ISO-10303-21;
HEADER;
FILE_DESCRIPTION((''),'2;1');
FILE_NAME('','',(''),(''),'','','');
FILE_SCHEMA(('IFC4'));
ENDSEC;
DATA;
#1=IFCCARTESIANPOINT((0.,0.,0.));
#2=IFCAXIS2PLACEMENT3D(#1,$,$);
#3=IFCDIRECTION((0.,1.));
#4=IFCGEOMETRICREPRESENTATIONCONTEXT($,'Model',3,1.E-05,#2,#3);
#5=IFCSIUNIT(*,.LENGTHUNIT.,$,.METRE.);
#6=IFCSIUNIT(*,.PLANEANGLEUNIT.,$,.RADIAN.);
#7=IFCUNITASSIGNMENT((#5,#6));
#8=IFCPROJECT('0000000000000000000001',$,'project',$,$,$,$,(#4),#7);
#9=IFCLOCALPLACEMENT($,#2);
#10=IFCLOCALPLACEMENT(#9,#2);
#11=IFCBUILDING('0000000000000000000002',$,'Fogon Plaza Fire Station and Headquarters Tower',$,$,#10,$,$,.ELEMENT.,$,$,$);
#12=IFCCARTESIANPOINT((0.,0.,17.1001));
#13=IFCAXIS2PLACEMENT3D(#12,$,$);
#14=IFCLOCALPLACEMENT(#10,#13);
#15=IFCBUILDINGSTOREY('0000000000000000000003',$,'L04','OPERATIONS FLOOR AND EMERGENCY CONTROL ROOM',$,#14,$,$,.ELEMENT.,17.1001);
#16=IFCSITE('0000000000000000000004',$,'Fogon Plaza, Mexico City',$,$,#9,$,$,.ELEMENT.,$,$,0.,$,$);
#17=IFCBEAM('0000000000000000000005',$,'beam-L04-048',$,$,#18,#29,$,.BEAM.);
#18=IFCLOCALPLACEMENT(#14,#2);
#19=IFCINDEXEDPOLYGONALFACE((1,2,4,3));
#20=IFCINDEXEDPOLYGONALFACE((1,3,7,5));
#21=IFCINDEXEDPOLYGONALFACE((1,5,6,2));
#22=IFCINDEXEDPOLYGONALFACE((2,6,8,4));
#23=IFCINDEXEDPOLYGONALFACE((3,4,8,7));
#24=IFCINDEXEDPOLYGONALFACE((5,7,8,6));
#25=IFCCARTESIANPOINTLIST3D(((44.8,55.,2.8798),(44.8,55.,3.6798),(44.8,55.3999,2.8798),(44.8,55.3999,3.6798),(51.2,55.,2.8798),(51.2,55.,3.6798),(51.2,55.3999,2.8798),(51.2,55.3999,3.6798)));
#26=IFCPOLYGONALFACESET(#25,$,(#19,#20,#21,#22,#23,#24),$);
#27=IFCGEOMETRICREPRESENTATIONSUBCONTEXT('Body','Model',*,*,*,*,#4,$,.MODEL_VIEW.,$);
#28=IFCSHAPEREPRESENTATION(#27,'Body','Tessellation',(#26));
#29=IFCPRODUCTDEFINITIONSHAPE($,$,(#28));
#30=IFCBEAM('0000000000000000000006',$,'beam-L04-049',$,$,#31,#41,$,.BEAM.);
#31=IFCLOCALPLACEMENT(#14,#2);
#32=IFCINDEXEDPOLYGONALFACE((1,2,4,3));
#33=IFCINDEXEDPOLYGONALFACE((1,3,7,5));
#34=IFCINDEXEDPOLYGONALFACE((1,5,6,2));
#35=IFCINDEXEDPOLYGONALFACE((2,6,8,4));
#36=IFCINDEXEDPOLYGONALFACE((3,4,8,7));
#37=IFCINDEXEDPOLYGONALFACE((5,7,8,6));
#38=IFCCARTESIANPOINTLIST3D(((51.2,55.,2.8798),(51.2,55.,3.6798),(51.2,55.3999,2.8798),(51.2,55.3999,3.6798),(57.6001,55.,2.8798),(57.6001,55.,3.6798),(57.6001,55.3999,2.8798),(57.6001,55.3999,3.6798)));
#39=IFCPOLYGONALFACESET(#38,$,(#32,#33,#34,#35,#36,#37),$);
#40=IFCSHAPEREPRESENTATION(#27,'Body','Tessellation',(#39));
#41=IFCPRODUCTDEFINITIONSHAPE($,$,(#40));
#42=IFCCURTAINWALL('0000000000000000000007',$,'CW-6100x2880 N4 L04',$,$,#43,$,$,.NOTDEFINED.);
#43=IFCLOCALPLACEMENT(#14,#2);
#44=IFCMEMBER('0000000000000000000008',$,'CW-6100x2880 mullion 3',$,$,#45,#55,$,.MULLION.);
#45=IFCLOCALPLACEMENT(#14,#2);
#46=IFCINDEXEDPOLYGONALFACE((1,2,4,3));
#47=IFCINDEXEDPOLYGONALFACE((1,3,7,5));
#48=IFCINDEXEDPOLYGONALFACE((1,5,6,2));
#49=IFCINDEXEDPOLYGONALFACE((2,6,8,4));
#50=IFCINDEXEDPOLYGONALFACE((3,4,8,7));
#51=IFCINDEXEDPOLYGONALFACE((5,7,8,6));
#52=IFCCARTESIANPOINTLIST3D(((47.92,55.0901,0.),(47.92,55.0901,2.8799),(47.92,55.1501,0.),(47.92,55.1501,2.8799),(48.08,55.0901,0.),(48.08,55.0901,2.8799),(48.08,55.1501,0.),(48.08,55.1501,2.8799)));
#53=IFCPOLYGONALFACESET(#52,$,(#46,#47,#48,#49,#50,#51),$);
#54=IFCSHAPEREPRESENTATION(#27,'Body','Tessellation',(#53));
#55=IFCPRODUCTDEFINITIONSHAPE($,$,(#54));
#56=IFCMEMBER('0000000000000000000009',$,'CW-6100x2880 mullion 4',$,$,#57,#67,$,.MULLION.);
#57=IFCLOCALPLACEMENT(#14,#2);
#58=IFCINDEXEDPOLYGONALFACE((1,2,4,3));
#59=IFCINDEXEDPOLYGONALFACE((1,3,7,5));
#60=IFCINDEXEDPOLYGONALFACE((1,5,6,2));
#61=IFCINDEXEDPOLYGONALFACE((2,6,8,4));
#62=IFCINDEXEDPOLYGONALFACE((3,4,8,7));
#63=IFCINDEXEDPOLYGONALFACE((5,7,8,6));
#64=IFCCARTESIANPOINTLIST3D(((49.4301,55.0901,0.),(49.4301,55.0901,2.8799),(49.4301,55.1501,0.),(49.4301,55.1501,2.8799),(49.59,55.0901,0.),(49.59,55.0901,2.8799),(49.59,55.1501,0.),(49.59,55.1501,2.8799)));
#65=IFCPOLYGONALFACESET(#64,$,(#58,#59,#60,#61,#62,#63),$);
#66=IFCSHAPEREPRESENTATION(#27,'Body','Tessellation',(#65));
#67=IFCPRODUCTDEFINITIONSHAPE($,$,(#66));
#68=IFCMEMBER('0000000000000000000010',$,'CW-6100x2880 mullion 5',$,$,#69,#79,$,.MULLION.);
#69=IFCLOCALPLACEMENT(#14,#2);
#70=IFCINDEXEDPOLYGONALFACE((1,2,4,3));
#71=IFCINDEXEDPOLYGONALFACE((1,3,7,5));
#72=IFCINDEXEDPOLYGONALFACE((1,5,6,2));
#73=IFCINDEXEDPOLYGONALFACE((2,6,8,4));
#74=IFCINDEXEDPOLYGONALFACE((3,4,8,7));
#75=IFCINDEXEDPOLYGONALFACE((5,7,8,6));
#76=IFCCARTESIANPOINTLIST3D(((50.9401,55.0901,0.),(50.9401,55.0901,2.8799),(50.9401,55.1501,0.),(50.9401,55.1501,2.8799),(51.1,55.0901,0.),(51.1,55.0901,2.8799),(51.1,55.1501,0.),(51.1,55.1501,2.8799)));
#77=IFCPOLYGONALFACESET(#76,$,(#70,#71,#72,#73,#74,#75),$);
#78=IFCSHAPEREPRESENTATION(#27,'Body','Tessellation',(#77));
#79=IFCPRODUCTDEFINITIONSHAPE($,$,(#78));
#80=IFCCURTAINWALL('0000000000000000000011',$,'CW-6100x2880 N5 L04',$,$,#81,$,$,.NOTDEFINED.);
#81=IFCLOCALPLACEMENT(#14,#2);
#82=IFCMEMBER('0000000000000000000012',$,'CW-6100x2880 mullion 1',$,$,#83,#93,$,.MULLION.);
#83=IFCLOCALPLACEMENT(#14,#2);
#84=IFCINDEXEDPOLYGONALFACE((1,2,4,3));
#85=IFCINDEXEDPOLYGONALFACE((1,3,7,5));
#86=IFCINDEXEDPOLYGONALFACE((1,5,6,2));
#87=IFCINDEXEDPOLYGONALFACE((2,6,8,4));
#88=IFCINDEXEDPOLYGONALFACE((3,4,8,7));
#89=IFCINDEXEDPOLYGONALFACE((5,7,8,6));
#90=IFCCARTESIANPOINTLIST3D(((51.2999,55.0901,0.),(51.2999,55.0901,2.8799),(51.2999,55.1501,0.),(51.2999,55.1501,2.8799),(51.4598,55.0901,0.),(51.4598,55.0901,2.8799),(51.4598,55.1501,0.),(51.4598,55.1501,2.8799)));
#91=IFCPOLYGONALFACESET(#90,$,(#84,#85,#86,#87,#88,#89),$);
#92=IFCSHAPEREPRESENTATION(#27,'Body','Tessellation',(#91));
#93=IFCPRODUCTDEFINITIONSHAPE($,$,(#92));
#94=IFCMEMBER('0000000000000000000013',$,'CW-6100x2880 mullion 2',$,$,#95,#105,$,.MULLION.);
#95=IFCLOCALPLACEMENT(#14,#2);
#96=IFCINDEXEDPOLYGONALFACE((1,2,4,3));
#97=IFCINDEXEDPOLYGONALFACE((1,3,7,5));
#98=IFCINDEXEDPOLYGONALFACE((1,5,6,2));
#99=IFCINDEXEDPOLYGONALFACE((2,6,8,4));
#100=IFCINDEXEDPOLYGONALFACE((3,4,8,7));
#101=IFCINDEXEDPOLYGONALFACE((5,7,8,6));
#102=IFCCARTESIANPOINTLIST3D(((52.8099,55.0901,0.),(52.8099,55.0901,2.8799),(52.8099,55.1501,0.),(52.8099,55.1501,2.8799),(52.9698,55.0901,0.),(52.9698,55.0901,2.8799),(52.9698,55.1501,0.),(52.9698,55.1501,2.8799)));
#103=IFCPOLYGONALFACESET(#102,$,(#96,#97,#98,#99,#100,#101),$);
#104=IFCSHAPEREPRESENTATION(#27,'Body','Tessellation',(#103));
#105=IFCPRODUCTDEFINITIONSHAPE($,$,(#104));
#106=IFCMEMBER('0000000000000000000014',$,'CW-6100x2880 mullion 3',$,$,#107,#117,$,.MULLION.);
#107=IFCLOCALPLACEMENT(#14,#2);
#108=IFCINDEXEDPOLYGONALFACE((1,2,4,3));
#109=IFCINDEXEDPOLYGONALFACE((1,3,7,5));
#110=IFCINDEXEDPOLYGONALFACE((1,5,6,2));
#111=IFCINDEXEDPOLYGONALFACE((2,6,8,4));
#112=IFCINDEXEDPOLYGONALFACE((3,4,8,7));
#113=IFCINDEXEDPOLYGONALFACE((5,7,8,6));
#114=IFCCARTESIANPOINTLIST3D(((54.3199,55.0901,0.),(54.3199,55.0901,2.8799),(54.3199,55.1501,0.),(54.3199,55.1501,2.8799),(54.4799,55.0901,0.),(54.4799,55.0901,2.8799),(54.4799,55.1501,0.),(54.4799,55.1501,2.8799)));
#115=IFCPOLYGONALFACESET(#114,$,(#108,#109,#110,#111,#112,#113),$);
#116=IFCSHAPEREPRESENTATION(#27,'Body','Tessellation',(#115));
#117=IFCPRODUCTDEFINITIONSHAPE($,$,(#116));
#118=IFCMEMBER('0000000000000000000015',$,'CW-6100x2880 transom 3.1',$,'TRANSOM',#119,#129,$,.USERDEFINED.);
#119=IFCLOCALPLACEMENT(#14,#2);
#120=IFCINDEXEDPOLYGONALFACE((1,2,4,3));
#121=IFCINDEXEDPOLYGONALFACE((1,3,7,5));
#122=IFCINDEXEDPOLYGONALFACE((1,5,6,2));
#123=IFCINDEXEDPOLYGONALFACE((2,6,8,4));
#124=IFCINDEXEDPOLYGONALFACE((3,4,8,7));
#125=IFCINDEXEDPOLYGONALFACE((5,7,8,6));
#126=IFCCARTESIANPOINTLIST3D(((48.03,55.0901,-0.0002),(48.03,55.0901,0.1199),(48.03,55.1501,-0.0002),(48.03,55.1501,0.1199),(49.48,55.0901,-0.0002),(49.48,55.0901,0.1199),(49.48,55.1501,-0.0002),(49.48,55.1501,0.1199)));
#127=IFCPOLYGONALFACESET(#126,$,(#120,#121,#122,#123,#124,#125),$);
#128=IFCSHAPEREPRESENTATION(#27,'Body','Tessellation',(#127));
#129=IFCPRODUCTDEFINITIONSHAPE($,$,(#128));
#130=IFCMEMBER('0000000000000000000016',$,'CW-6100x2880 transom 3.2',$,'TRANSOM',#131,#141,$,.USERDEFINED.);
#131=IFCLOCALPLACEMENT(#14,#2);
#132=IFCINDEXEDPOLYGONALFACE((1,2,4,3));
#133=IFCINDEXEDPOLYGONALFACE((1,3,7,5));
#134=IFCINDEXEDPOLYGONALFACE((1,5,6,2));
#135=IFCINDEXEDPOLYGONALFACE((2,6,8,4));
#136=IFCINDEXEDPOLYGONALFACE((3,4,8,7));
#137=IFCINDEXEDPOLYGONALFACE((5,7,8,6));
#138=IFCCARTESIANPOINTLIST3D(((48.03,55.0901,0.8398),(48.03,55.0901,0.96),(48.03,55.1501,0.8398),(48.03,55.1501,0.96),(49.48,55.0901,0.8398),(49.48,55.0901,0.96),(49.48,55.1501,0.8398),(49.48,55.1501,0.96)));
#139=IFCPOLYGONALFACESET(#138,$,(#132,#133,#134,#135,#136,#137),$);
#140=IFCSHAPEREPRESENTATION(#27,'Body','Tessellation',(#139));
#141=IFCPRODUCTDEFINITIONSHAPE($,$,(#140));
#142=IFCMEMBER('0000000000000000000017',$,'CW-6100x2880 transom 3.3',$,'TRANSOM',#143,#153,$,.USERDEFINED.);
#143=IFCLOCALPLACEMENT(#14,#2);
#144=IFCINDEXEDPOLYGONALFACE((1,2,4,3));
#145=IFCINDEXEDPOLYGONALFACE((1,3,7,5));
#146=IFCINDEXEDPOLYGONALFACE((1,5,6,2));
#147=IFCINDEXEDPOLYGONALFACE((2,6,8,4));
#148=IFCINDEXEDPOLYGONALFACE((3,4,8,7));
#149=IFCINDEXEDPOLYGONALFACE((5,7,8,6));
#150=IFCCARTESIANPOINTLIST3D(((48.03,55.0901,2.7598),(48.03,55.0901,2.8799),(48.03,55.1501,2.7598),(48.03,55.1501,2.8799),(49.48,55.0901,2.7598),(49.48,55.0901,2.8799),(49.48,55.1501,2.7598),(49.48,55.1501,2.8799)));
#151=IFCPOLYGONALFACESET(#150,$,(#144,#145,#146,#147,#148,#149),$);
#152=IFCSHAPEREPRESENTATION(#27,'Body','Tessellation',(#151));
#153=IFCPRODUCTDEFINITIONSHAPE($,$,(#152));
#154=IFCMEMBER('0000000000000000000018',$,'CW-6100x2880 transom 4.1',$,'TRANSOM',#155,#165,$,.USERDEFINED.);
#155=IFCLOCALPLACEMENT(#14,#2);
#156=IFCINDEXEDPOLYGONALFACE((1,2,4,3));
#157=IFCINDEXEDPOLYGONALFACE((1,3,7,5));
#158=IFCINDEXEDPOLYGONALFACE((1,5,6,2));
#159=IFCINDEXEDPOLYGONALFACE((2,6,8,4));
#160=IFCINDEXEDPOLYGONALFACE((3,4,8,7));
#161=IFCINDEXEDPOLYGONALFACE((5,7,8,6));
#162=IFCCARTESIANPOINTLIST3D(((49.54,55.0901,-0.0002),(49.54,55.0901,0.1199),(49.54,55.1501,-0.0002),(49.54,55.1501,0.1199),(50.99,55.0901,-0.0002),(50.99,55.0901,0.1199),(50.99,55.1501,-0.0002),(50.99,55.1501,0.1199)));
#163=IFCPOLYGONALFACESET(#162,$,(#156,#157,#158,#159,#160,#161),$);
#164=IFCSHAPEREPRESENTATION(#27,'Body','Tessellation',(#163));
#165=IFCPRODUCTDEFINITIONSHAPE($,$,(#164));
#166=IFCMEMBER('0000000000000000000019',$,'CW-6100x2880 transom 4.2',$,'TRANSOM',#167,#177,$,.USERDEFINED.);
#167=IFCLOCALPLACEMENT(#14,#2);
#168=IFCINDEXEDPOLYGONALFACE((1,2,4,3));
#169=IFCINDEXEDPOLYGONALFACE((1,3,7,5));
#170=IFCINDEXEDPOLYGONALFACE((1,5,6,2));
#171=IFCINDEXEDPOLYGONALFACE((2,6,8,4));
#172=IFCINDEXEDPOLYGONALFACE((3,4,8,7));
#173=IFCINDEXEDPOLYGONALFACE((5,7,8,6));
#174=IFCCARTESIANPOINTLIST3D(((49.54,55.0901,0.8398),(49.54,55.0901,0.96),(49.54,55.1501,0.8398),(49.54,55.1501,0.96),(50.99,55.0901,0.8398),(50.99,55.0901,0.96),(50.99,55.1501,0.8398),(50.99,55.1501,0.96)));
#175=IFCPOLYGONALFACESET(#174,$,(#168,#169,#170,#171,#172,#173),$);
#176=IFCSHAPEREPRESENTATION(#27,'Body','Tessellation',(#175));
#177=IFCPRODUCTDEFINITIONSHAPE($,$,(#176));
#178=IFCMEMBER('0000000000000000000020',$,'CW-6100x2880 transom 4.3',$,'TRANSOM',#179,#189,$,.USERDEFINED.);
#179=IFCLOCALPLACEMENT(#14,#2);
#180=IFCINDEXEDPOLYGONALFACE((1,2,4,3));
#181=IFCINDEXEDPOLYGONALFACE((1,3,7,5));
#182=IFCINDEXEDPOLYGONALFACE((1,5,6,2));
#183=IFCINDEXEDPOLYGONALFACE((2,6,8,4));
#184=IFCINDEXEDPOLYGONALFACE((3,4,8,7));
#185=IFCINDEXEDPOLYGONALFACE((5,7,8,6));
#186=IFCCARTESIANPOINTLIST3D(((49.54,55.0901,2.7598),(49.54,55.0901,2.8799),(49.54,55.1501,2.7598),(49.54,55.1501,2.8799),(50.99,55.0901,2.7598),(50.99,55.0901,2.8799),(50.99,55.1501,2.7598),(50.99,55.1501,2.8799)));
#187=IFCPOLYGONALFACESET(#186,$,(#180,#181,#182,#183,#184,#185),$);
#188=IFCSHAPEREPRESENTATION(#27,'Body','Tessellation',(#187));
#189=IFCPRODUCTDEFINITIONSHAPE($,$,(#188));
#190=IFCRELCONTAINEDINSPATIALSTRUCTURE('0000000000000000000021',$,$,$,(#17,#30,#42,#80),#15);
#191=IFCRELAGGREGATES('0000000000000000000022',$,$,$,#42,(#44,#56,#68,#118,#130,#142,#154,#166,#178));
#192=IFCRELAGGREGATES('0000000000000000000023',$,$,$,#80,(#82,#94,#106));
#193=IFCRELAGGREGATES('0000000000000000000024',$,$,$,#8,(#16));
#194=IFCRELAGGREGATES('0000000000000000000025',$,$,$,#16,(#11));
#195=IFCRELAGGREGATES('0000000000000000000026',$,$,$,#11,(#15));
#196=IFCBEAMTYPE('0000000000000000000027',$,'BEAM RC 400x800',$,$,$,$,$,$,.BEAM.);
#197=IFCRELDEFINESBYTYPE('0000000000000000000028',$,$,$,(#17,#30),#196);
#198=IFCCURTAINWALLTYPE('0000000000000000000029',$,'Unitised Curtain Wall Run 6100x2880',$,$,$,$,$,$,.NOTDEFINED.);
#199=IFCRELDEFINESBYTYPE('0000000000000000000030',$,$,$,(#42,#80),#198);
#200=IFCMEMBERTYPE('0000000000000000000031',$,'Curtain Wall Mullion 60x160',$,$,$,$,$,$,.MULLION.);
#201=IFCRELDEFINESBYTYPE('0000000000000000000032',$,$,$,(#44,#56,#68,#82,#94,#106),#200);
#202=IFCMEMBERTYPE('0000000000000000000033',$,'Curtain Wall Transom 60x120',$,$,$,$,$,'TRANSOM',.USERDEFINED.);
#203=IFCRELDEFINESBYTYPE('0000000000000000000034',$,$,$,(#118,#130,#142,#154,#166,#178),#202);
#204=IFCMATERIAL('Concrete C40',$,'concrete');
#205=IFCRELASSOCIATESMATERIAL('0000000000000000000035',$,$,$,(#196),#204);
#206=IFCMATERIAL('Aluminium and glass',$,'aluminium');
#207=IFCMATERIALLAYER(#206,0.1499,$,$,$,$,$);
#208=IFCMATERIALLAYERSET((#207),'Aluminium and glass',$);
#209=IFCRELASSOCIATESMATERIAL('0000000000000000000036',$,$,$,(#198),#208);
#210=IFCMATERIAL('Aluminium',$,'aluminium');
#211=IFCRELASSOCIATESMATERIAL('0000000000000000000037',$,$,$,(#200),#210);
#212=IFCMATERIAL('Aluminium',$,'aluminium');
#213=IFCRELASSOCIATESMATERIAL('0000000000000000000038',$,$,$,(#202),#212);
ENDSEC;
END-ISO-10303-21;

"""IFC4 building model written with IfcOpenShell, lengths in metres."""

from ifc_helpers import new_model, si_unit, direction, frame, origin, origin_2d, place, context, subcontext, project, spatial, rectangle, extrude, material, layer, layer_set, material_profile, profile_set, type_object, element, aggregate, save


model = new_model("IFC4")

# Units and contexts
model_context = context("Model", 3, precision=1e-05, world=origin(), true_north=direction((0.0, 1.0)))
body_context = subcontext(model_context, "Body", "Model", "MODEL_VIEW")
ifc_project = project(units=[si_unit("LENGTHUNIT", "METRE"), si_unit("PLANEANGLEUNIT", "RADIAN")], contexts=[model_context])

# Site, building, storey
site_placement = place(None, origin())
site = spatial("IfcSite", under=ifc_project, at=site_placement, Name="Fogon Plaza, Mexico City", CompositionType="ELEMENT", RefElevation=0.0)
building_placement = place(site_placement, origin())
building = spatial("IfcBuilding", under=site, at=building_placement, Name="Fogon Plaza Fire Station and Headquarters Tower", CompositionType="ELEMENT")
storey_placement = place(building_placement, frame((0.0, 0.0, 17.1001)))
storey = spatial("IfcBuildingStorey", under=building, at=storey_placement, Name="L04", Description="OPERATIONS FLOOR AND EMERGENCY CONTROL ROOM", CompositionType="ELEMENT", Elevation=17.1001)

# Beams
ifc_material_1 = material(Name="Concrete C40", Category="concrete")
ifc_material_profile_1 = material_profile(ifc_material_1, rectangle(XDim=0.3999, YDim=0.8, at=origin_2d()), Name="RC 400x800")
ifc_profile_set_1 = profile_set([ifc_material_profile_1], Name="Concrete C40")
beam_type = type_object("IfcBeamType", Name="BEAM RC 400x800", PredefinedType="BEAM", material=ifc_profile_set_1)
beam_1_placement = place(storey_placement, frame((44.8, 55.2, 3.2798), z_axis=(1.0, 0.0, 0.0), x_axis=(0.0, 1.0, 0.0)))
element("IfcBeam", 1, at=beam_1_placement, inside=storey, type_object=beam_type, Name="beam-L04-048", PredefinedType="BEAM", context=body_context, shape_type="SweptSolid", body=[
    extrude(rectangle(XDim=0.3999, YDim=0.8, at=origin_2d()), origin(), (0.0, 0.0, 1.0), 6.3999),
])
beam_2_placement = place(storey_placement, frame((51.2, 55.2, 3.2798), z_axis=(1.0, 0.0, 0.0), x_axis=(0.0, 1.0, 0.0)))
element("IfcBeam", 2, at=beam_2_placement, inside=storey, type_object=beam_type, Name="beam-L04-049", PredefinedType="BEAM", context=body_context, shape_type="SweptSolid", body=[
    extrude(rectangle(XDim=0.3999, YDim=0.8, at=origin_2d()), origin(), (0.0, 0.0, 1.0), 6.4001),
])

# Curtain walls, members
ifc_material_2 = material(Name="Aluminium and glass", Category="aluminium")
ifc_layer_1 = layer(ifc_material_2, 0.1499)
ifc_layer_set_1 = layer_set([ifc_layer_1], Name="Aluminium and glass")
curtain_wall_type = type_object("IfcCurtainWallType", Name="Unitised Curtain Wall Run 6100x2880", PredefinedType="NOTDEFINED", material=ifc_layer_set_1)
curtain_wall_1_placement = place(storey_placement, origin())
curtain_wall_1 = element("IfcCurtainWall", 3, at=curtain_wall_1_placement, inside=storey, type_object=curtain_wall_type, Name="CW-6100x2880 N4 L04", PredefinedType="NOTDEFINED")
ifc_material_3 = material(Name="Aluminium", Category="aluminium")
ifc_material_profile_2 = material_profile(ifc_material_3, rectangle(XDim=0.0601, YDim=0.1599, at=origin_2d()), Name="Curtain Wall Mullion 60x160")
ifc_profile_set_2 = profile_set([ifc_material_profile_2], Name="Aluminium")
member_type_1 = type_object("IfcMemberType", Name="Curtain Wall Mullion 60x160", PredefinedType="MULLION", material=ifc_profile_set_2)
member_1_placement = place(storey_placement, frame((48.0, 55.1201, 0.0), z_axis=(0.0, 0.0, 1.0), x_axis=(0.0, 1.0, 0.0)))
member_1 = element("IfcMember", 4, at=member_1_placement, type_object=member_type_1, Name="CW-6100x2880 mullion 3", PredefinedType="MULLION", context=body_context, shape_type="SweptSolid", body=[
    extrude(rectangle(XDim=0.0601, YDim=0.1599, at=origin_2d()), origin(), (0.0, 0.0, 1.0), 2.8799),
])
member_2_placement = place(storey_placement, frame((49.51, 55.1201, 0.0), z_axis=(0.0, 0.0, 1.0), x_axis=(0.0, 1.0, 0.0)))
member_2 = element("IfcMember", 5, at=member_2_placement, type_object=member_type_1, Name="CW-6100x2880 mullion 4", PredefinedType="MULLION", context=body_context, shape_type="SweptSolid", body=[
    extrude(rectangle(XDim=0.0601, YDim=0.1599, at=origin_2d()), origin(), (0.0, 0.0, 1.0), 2.8799),
])
member_3_placement = place(storey_placement, frame((51.02, 55.1201, 0.0), z_axis=(0.0, 0.0, 1.0), x_axis=(0.0, 1.0, 0.0)))
member_3 = element("IfcMember", 6, at=member_3_placement, type_object=member_type_1, Name="CW-6100x2880 mullion 5", PredefinedType="MULLION", context=body_context, shape_type="SweptSolid", body=[
    extrude(rectangle(XDim=0.0601, YDim=0.1599, at=origin_2d()), origin(), (0.0, 0.0, 1.0), 2.8799),
])
curtain_wall_2_placement = place(storey_placement, origin())
curtain_wall_2 = element("IfcCurtainWall", 7, at=curtain_wall_2_placement, inside=storey, type_object=curtain_wall_type, Name="CW-6100x2880 N5 L04", PredefinedType="NOTDEFINED")
member_4_placement = place(storey_placement, frame((51.3799, 55.1201, 0.0), z_axis=(0.0, 0.0, 1.0), x_axis=(0.0, 1.0, 0.0)))
member_4 = element("IfcMember", 8, at=member_4_placement, type_object=member_type_1, Name="CW-6100x2880 mullion 1", PredefinedType="MULLION", context=body_context, shape_type="SweptSolid", body=[
    extrude(rectangle(XDim=0.0601, YDim=0.1599, at=origin_2d()), origin(), (0.0, 0.0, 1.0), 2.8799),
])
member_5_placement = place(storey_placement, frame((52.8899, 55.1201, 0.0), z_axis=(0.0, 0.0, 1.0), x_axis=(0.0, 1.0, 0.0)))
member_5 = element("IfcMember", 9, at=member_5_placement, type_object=member_type_1, Name="CW-6100x2880 mullion 2", PredefinedType="MULLION", context=body_context, shape_type="SweptSolid", body=[
    extrude(rectangle(XDim=0.0601, YDim=0.1599, at=origin_2d()), origin(), (0.0, 0.0, 1.0), 2.8799),
])
member_6_placement = place(storey_placement, frame((54.3999, 55.1201, 0.0), z_axis=(0.0, 0.0, 1.0), x_axis=(0.0, 1.0, 0.0)))
member_6 = element("IfcMember", 10, at=member_6_placement, type_object=member_type_1, Name="CW-6100x2880 mullion 3", PredefinedType="MULLION", context=body_context, shape_type="SweptSolid", body=[
    extrude(rectangle(XDim=0.0601, YDim=0.1599, at=origin_2d()), origin(), (0.0, 0.0, 1.0), 2.8799),
])

# Members
ifc_material_4 = material(Name="Aluminium", Category="aluminium")
ifc_material_profile_3 = material_profile(ifc_material_4, rectangle(XDim=0.0601, YDim=0.1201, at=origin_2d()), Name="Curtain Wall Transom 60x120")
ifc_profile_set_3 = profile_set([ifc_material_profile_3], Name="Aluminium")
member_type_2 = type_object("IfcMemberType", Name="Curtain Wall Transom 60x120", ElementType="TRANSOM", PredefinedType="USERDEFINED", material=ifc_profile_set_3)
member_7_placement = place(storey_placement, frame((48.03, 55.1201, 0.0598), z_axis=(1.0, 0.0, 0.0), x_axis=(0.0, 1.0, 0.0)))
member_7 = element("IfcMember", 11, at=member_7_placement, type_object=member_type_2, Name="CW-6100x2880 transom 3.1", ObjectType="TRANSOM", PredefinedType="USERDEFINED", context=body_context, shape_type="SweptSolid", body=[
    extrude(rectangle(XDim=0.0601, YDim=0.1201, at=origin_2d()), origin(), (0.0, 0.0, 1.0), 1.45),
])
member_8_placement = place(storey_placement, frame((48.03, 55.1201, 0.8999), z_axis=(1.0, 0.0, 0.0), x_axis=(0.0, 1.0, 0.0)))
member_8 = element("IfcMember", 12, at=member_8_placement, type_object=member_type_2, Name="CW-6100x2880 transom 3.2", ObjectType="TRANSOM", PredefinedType="USERDEFINED", context=body_context, shape_type="SweptSolid", body=[
    extrude(rectangle(XDim=0.0601, YDim=0.1201, at=origin_2d()), origin(), (0.0, 0.0, 1.0), 1.45),
])
member_9_placement = place(storey_placement, frame((48.03, 55.1201, 2.8198), z_axis=(1.0, 0.0, 0.0), x_axis=(0.0, 1.0, 0.0)))
member_9 = element("IfcMember", 13, at=member_9_placement, type_object=member_type_2, Name="CW-6100x2880 transom 3.3", ObjectType="TRANSOM", PredefinedType="USERDEFINED", context=body_context, shape_type="SweptSolid", body=[
    extrude(rectangle(XDim=0.0601, YDim=0.1201, at=origin_2d()), origin(), (0.0, 0.0, 1.0), 1.45),
])
member_10_placement = place(storey_placement, frame((49.54, 55.1201, 0.0598), z_axis=(1.0, 0.0, 0.0), x_axis=(0.0, 1.0, 0.0)))
member_10 = element("IfcMember", 14, at=member_10_placement, type_object=member_type_2, Name="CW-6100x2880 transom 4.1", ObjectType="TRANSOM", PredefinedType="USERDEFINED", context=body_context, shape_type="SweptSolid", body=[
    extrude(rectangle(XDim=0.0601, YDim=0.1201, at=origin_2d()), origin(), (0.0, 0.0, 1.0), 1.45),
])
member_11_placement = place(storey_placement, frame((49.54, 55.1201, 0.8999), z_axis=(1.0, 0.0, 0.0), x_axis=(0.0, 1.0, 0.0)))
member_11 = element("IfcMember", 15, at=member_11_placement, type_object=member_type_2, Name="CW-6100x2880 transom 4.2", ObjectType="TRANSOM", PredefinedType="USERDEFINED", context=body_context, shape_type="SweptSolid", body=[
    extrude(rectangle(XDim=0.0601, YDim=0.1201, at=origin_2d()), origin(), (0.0, 0.0, 1.0), 1.45),
])
member_12_placement = place(storey_placement, frame((49.54, 55.1201, 2.8198), z_axis=(1.0, 0.0, 0.0), x_axis=(0.0, 1.0, 0.0)))
member_12 = element("IfcMember", 16, at=member_12_placement, type_object=member_type_2, Name="CW-6100x2880 transom 4.3", ObjectType="TRANSOM", PredefinedType="USERDEFINED", context=body_context, shape_type="SweptSolid", body=[
    extrude(rectangle(XDim=0.0601, YDim=0.1201, at=origin_2d()), origin(), (0.0, 0.0, 1.0), 1.45),
])

aggregate(curtain_wall_1, [member_1, member_2, member_3, member_7, member_8, member_9, member_10, member_11, member_12])
aggregate(curtain_wall_2, [member_4, member_5, member_6])

save(model, "model.ifc")
